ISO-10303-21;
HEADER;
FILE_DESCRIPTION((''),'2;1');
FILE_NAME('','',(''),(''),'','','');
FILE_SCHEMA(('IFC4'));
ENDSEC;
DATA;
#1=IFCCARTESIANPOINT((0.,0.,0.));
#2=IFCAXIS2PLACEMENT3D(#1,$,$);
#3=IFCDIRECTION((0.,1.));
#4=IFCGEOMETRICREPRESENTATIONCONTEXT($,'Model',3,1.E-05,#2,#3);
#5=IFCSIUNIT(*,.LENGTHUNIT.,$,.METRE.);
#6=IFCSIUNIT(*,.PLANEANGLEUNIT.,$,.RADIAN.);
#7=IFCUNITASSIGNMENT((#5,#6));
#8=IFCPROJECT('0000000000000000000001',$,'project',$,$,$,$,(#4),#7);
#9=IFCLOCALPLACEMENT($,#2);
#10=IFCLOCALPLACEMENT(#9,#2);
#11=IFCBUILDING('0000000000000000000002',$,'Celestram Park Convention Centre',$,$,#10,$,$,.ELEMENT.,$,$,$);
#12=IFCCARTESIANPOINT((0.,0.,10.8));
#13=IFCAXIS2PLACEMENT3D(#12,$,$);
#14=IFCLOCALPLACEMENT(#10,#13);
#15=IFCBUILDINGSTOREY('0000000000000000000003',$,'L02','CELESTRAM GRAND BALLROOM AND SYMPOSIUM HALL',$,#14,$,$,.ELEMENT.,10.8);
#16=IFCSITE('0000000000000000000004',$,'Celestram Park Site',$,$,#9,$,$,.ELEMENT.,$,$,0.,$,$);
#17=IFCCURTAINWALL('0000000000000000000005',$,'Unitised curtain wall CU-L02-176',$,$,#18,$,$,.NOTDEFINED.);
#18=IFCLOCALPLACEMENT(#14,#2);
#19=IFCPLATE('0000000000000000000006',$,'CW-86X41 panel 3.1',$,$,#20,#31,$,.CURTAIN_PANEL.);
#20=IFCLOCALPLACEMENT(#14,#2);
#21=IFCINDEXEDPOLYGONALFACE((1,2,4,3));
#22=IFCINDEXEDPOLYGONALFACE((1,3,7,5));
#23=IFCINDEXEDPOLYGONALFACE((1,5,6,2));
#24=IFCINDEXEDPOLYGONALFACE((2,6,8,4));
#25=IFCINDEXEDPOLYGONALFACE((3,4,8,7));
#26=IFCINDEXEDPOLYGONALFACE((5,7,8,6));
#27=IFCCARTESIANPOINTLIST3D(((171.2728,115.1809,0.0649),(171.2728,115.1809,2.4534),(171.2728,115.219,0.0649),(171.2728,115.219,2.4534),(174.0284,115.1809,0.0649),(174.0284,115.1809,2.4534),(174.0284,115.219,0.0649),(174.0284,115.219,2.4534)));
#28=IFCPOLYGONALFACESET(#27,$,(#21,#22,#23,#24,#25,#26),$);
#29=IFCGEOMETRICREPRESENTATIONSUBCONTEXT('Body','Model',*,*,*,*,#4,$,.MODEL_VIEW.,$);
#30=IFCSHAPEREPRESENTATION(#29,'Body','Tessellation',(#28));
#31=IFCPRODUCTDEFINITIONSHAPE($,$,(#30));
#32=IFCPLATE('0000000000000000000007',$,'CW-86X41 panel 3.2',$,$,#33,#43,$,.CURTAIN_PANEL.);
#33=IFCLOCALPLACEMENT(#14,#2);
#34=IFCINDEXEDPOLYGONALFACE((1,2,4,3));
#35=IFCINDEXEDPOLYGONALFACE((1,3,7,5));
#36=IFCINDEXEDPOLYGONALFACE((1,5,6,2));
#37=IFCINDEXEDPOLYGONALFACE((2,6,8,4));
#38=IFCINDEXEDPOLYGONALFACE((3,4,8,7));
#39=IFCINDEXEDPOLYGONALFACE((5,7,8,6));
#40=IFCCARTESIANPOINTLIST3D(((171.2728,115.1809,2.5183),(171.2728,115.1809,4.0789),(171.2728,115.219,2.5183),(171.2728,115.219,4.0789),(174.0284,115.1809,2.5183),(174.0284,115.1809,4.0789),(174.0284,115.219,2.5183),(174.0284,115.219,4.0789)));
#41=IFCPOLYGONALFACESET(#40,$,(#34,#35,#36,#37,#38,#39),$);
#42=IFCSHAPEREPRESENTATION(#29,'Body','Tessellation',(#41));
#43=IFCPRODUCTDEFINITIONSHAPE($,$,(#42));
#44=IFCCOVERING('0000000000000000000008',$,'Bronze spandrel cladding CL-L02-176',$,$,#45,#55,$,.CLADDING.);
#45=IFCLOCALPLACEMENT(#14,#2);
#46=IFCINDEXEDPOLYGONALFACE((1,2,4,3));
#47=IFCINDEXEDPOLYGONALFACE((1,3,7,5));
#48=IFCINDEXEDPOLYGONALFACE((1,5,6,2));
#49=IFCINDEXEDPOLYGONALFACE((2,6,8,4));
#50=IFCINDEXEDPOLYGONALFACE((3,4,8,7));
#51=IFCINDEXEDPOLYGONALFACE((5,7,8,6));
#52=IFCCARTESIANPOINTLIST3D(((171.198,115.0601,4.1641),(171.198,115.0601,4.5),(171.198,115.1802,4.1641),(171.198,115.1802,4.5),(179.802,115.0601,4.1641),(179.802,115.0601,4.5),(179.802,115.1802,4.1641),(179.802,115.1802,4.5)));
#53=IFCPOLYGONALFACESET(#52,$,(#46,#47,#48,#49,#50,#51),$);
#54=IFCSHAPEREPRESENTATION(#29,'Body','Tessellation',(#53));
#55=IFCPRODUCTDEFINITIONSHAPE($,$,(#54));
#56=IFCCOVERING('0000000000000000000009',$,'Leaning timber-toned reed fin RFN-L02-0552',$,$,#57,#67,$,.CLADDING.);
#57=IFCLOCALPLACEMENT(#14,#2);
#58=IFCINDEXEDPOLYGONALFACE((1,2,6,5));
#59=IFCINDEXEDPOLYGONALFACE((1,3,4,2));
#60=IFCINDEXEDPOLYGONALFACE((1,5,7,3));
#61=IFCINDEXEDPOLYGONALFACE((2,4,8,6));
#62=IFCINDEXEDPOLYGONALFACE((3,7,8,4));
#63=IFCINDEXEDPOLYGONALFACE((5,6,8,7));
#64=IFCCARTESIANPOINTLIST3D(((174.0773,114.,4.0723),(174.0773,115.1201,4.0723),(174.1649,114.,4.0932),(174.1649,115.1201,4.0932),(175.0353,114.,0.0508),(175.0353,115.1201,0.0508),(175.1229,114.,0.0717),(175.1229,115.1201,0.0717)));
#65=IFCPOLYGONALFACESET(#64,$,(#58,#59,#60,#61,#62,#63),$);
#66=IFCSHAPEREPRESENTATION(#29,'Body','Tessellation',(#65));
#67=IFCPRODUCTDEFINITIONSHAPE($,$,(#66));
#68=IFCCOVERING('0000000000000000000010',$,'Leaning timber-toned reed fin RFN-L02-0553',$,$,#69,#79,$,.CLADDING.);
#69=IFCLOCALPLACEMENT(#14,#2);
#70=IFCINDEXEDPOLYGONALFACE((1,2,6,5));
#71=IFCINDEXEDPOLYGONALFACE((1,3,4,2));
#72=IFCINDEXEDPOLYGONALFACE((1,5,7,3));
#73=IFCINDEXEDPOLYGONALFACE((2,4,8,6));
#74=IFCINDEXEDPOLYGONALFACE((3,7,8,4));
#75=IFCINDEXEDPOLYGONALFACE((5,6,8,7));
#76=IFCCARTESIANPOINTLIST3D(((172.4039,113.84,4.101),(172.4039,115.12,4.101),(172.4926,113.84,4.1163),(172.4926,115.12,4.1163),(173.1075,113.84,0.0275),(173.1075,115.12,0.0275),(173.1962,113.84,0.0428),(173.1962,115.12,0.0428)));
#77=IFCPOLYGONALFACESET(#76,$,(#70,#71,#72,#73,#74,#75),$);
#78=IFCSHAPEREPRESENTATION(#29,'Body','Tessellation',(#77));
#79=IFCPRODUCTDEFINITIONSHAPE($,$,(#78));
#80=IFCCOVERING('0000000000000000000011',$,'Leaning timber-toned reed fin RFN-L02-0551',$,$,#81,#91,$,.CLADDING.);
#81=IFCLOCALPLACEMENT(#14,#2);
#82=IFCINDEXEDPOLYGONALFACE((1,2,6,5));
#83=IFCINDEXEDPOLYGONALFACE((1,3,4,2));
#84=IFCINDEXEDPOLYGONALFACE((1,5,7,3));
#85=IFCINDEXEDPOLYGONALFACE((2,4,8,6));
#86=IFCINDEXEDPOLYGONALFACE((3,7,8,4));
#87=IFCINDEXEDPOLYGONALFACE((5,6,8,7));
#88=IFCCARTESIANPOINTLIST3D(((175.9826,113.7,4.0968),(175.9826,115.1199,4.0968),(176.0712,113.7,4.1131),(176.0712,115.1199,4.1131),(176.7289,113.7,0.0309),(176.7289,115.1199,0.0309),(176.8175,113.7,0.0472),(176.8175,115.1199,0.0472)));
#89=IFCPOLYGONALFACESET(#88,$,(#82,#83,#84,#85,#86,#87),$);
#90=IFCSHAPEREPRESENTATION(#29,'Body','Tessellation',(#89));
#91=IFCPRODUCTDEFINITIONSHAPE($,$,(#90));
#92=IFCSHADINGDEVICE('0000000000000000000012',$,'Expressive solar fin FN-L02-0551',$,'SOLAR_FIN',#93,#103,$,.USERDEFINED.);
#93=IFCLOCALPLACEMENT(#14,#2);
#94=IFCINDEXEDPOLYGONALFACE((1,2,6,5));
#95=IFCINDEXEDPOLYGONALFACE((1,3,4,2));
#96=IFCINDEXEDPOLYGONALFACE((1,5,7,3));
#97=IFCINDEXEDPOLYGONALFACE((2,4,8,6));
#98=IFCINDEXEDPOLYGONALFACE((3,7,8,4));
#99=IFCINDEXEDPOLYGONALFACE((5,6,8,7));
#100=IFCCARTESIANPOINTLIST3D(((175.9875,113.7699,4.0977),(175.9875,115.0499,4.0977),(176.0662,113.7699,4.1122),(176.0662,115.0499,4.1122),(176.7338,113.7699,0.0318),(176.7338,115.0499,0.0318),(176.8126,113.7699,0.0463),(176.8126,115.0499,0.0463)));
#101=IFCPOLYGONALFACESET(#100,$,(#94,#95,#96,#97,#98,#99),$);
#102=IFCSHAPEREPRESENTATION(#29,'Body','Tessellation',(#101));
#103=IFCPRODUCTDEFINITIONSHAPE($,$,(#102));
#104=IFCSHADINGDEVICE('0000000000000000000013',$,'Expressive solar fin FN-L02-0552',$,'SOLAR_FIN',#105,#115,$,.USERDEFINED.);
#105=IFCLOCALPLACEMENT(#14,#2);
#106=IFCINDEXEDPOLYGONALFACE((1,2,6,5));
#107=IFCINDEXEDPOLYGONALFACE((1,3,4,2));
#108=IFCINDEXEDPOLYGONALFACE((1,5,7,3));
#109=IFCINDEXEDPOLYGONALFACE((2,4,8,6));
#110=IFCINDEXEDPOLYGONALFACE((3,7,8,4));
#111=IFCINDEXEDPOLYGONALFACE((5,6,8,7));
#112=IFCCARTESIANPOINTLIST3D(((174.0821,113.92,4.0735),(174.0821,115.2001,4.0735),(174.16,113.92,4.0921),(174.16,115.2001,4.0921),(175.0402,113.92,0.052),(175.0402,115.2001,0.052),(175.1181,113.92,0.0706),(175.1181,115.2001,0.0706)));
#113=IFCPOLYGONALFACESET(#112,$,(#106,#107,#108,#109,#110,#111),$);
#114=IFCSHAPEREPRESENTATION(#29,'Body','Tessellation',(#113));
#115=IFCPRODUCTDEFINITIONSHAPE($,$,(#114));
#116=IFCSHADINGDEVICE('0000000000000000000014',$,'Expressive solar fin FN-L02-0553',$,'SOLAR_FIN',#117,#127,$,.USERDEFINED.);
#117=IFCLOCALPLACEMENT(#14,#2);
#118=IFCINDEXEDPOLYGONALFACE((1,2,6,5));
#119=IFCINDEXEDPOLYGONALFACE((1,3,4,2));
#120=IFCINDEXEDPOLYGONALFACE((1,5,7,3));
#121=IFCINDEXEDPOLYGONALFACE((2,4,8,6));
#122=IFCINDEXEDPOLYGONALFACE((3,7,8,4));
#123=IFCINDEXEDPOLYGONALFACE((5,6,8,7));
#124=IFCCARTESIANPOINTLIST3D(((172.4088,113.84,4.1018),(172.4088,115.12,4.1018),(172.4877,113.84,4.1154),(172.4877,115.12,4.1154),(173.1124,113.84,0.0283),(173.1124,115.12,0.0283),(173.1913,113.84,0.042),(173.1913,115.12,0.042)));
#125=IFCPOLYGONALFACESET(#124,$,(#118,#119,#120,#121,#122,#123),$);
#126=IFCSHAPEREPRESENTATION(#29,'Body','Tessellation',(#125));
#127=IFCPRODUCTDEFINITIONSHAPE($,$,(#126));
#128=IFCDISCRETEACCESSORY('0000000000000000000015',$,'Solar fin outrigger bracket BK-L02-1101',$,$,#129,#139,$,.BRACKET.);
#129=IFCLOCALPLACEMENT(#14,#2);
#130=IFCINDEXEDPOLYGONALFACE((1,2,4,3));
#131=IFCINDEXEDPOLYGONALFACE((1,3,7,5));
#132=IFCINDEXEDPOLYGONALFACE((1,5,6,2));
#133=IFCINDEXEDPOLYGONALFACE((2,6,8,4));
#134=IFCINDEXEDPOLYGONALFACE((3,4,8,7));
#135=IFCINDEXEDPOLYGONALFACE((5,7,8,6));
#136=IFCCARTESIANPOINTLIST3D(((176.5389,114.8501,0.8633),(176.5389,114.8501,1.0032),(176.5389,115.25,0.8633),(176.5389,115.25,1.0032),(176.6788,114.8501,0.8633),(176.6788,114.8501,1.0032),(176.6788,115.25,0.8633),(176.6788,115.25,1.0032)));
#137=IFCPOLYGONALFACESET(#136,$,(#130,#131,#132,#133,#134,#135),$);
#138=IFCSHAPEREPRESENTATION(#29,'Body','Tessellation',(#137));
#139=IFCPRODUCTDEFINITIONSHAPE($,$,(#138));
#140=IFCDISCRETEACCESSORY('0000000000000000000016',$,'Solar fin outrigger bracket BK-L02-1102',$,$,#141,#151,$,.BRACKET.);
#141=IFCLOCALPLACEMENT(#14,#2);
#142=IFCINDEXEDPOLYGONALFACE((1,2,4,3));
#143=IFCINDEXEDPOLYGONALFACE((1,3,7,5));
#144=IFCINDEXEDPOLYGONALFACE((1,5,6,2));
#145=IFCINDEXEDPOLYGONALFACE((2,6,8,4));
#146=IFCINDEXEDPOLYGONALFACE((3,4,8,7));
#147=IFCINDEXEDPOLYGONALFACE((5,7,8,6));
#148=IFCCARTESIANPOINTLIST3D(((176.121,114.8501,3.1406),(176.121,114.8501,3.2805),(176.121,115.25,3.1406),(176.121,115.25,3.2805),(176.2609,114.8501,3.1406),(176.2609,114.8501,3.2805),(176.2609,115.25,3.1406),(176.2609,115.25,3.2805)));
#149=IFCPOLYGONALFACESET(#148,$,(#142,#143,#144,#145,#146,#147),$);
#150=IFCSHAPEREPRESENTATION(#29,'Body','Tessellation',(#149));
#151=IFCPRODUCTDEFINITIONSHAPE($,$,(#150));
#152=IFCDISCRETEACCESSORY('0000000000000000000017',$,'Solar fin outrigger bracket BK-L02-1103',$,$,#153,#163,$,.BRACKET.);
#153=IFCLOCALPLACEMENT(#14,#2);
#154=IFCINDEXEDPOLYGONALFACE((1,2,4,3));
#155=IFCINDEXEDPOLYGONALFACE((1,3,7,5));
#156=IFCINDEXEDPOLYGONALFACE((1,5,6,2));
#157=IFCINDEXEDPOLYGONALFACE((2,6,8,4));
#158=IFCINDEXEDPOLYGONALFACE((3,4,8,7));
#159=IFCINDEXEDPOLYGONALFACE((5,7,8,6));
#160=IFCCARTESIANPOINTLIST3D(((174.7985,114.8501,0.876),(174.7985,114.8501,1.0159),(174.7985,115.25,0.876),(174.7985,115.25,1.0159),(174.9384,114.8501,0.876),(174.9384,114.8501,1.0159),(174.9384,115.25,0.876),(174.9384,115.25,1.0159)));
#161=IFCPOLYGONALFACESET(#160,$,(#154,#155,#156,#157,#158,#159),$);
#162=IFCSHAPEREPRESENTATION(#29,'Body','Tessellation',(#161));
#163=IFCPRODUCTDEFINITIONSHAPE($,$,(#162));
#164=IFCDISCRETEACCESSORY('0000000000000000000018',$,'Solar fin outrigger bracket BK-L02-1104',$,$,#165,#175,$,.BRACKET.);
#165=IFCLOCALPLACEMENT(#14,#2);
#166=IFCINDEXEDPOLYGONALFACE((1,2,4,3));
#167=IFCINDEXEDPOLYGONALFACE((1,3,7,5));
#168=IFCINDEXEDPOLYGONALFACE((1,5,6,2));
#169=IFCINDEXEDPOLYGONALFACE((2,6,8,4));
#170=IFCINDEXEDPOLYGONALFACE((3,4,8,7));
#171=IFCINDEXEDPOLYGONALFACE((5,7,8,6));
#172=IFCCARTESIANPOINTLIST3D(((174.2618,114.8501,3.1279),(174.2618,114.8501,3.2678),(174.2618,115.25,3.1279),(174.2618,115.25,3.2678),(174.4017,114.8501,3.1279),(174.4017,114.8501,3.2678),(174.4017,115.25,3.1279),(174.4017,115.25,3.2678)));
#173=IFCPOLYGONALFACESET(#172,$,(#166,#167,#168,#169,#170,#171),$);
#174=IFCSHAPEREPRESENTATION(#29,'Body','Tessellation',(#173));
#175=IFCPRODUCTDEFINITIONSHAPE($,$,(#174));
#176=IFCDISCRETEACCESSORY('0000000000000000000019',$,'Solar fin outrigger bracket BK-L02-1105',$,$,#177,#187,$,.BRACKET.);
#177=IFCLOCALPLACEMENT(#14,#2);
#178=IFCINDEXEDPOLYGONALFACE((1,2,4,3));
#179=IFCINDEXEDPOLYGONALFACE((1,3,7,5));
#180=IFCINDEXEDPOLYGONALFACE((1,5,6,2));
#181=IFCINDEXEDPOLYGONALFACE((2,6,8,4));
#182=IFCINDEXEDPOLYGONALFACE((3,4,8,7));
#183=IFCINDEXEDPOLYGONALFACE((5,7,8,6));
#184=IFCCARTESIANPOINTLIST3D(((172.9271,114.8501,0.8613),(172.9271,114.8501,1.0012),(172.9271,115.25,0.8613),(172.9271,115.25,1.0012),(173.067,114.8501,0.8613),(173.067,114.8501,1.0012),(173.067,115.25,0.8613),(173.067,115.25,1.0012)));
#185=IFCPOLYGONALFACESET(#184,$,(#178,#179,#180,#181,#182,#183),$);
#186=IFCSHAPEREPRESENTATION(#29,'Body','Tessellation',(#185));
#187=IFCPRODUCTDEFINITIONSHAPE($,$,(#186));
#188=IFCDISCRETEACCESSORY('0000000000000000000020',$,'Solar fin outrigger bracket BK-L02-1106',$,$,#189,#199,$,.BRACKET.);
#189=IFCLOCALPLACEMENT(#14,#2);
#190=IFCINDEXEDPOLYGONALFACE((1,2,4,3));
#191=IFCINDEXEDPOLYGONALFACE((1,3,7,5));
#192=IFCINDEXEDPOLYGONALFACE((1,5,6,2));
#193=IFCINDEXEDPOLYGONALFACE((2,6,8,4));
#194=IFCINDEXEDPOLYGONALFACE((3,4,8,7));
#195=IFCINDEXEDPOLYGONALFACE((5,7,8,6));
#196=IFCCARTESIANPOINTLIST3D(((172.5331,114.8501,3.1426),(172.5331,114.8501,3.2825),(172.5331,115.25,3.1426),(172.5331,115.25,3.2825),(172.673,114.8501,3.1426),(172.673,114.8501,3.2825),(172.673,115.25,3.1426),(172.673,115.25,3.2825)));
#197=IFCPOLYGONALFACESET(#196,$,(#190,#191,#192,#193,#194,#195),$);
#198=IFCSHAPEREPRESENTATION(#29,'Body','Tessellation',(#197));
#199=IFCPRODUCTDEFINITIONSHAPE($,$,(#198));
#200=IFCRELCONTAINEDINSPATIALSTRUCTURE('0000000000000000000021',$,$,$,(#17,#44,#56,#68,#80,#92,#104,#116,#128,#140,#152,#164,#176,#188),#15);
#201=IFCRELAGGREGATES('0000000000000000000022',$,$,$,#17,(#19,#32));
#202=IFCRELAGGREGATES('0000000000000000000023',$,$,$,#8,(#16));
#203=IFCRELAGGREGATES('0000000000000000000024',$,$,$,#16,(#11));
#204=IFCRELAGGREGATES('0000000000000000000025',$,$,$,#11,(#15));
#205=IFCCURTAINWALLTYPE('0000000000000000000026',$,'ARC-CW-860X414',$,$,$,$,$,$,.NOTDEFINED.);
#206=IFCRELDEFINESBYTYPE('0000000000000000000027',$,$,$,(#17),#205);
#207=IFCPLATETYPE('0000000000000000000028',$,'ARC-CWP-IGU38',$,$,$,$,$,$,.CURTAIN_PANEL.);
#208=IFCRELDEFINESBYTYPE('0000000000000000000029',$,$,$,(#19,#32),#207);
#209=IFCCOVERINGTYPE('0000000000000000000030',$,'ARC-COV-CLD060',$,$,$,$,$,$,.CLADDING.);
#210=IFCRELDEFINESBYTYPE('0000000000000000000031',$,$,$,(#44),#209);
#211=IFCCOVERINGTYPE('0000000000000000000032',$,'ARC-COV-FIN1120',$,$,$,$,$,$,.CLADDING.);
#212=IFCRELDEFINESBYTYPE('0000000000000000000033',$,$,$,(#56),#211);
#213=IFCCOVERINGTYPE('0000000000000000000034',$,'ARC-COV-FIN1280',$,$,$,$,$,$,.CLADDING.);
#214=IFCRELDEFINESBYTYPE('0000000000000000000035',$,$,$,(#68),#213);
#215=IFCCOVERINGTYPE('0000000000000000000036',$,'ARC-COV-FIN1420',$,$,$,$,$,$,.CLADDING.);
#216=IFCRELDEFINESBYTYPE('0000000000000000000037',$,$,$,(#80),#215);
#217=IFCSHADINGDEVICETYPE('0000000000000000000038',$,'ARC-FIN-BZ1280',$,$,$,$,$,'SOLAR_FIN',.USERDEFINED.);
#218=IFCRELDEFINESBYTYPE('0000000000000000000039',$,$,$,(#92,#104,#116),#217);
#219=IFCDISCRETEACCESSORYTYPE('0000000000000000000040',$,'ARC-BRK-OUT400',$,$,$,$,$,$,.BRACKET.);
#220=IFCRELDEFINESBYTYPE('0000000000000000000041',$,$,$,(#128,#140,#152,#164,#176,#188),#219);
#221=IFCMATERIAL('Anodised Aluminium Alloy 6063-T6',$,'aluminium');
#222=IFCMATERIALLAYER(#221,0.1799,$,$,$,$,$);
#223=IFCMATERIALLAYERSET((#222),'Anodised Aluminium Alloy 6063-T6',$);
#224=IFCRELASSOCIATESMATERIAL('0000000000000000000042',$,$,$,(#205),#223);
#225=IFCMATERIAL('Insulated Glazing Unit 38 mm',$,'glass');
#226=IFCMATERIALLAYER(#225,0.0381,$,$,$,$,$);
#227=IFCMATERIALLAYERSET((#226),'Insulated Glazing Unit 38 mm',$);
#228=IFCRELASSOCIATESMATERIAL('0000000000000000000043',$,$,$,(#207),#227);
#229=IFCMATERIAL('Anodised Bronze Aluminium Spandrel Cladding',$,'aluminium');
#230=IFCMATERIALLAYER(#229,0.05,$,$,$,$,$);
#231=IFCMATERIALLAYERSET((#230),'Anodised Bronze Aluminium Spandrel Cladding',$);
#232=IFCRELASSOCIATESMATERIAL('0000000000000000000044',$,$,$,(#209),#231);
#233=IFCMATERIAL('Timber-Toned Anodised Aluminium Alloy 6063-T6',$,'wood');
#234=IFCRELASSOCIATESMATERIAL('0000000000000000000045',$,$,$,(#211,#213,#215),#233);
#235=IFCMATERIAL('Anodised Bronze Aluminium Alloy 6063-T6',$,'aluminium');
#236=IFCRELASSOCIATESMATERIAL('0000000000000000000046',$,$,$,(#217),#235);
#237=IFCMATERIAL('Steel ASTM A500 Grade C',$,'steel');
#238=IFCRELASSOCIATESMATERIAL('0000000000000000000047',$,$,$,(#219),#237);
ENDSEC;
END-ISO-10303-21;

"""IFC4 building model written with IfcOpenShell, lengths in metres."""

from ifc_helpers import new_model, si_unit, direction, frame, origin, origin_2d, place, context, subcontext, project, spatial, rectangle, extrude, material, layer, layer_set, material_profile, profile_set, type_object, element, aggregate, save


model = new_model("IFC4")

# Units and contexts
model_context = context("Model", 3, precision=1e-05, world=origin(), true_north=direction((0.0, 1.0)))
body_context = subcontext(model_context, "Body", "Model", "MODEL_VIEW")
ifc_project = project(units=[si_unit("LENGTHUNIT", "METRE"), si_unit("PLANEANGLEUNIT", "RADIAN")], contexts=[model_context])

# Site, building, storey
site_placement = place(None, origin())
site = spatial("IfcSite", under=ifc_project, at=site_placement, Name="Celestram Park Site", CompositionType="ELEMENT", RefElevation=0.0)
building_placement = place(site_placement, origin())
building = spatial("IfcBuilding", under=site, at=building_placement, Name="Celestram Park Convention Centre", CompositionType="ELEMENT")
storey_placement = place(building_placement, frame((0.0, 0.0, 10.8)))
storey = spatial("IfcBuildingStorey", under=building, at=storey_placement, Name="L02", Description="CELESTRAM GRAND BALLROOM AND SYMPOSIUM HALL", CompositionType="ELEMENT", Elevation=10.8)

# Curtain wall
ifc_material_1 = material(Name="Anodised Aluminium Alloy 6063-T6", Category="aluminium")
ifc_layer_1 = layer(ifc_material_1, 0.1799)
ifc_layer_set_1 = layer_set([ifc_layer_1], Name="Anodised Aluminium Alloy 6063-T6")
curtain_wall_type = type_object("IfcCurtainWallType", Name="ARC-CW-860X414", PredefinedType="NOTDEFINED", material=ifc_layer_set_1)
curtain_wall_placement = place(storey_placement, origin())
curtain_wall = element("IfcCurtainWall", 1, at=curtain_wall_placement, inside=storey, type_object=curtain_wall_type, Name="Unitised curtain wall CU-L02-176", PredefinedType="NOTDEFINED")

# Plates
ifc_material_2 = material(Name="Insulated Glazing Unit 38 mm", Category="glass")
ifc_layer_2 = layer(ifc_material_2, 0.0381)
ifc_layer_set_2 = layer_set([ifc_layer_2], Name="Insulated Glazing Unit 38 mm")
plate_type = type_object("IfcPlateType", Name="ARC-CWP-IGU38", PredefinedType="CURTAIN_PANEL", material=ifc_layer_set_2)
plate_1_placement = place(storey_placement, frame((172.6506, 115.2, 0.0649), z_axis=(0.0, 0.0, 1.0), x_axis=(-1.0, 0.0, 0.0)))
plate_1 = element("IfcPlate", 2, at=plate_1_placement, type_object=plate_type, Name="CW-86X41 panel 3.1", PredefinedType="CURTAIN_PANEL", context=body_context, shape_type="SweptSolid", body=[
    extrude(rectangle(XDim=2.7556, YDim=0.0381, at=origin_2d()), origin(), (0.0, 0.0, 1.0), 2.3884),
])
plate_2_placement = place(storey_placement, frame((172.6506, 115.2, 2.5183), z_axis=(0.0, 0.0, 1.0), x_axis=(-1.0, 0.0, 0.0)))
plate_2 = element("IfcPlate", 3, at=plate_2_placement, type_object=plate_type, Name="CW-86X41 panel 3.2", PredefinedType="CURTAIN_PANEL", context=body_context, shape_type="SweptSolid", body=[
    extrude(rectangle(XDim=2.7556, YDim=0.0381, at=origin_2d()), origin(), (0.0, 0.0, 1.0), 1.5605),
])
aggregate(curtain_wall, [plate_1, plate_2])

# Coverings
ifc_material_3 = material(Name="Anodised Bronze Aluminium Spandrel Cladding", Category="aluminium")
ifc_layer_3 = layer(ifc_material_3, 0.05)
ifc_layer_set_3 = layer_set([ifc_layer_3], Name="Anodised Bronze Aluminium Spandrel Cladding")
covering_type_1 = type_object("IfcCoveringType", Name="ARC-COV-CLD060", PredefinedType="CLADDING", material=ifc_layer_set_3)
covering_1_placement = place(storey_placement, frame((175.5, 115.1201, 4.1641), z_axis=(0.0, 0.0, 1.0), x_axis=(-1.0, 0.0, 0.0)))
element("IfcCovering", 4, at=covering_1_placement, inside=storey, type_object=covering_type_1, Name="Bronze spandrel cladding CL-L02-176", PredefinedType="CLADDING", context=body_context, shape_type="SweptSolid", body=[
    extrude(rectangle(XDim=8.604, YDim=0.1201, at=origin_2d()), origin(), (0.0, 0.0, 1.0), 0.3359),
])
ifc_material_4 = material(Name="Timber-Toned Anodised Aluminium Alloy 6063-T6", Category="wood")
ifc_material_profile_1 = material_profile(ifc_material_4, rectangle(XDim=1.1201, YDim=0.0901, at=origin_2d()), Name="REED1120X90")
ifc_profile_set_1 = profile_set([ifc_material_profile_1], Name="Timber-Toned Anodised Aluminium Alloy 6063-T6")
covering_type_2 = type_object("IfcCoveringType", Name="ARC-COV-FIN1120", PredefinedType="CLADDING", material=ifc_profile_set_1)
covering_2_placement = place(storey_placement, frame((175.0791, 114.5601, 0.0613), z_axis=(-0.231738, 0.0, 0.972778), x_axis=(0.0, -1.0, 0.0)))
element("IfcCovering", 5, at=covering_2_placement, inside=storey, type_object=covering_type_2, Name="Leaning timber-toned reed fin RFN-L02-0552", PredefinedType="CLADDING", context=body_context, shape_type="SweptSolid", body=[
    extrude(rectangle(XDim=1.1201, YDim=0.0901, at=origin_2d()), origin(), (0.0, 0.0, 1.0), 4.134),
])
ifc_material_profile_2 = material_profile(ifc_material_4, rectangle(XDim=1.28, YDim=0.0901, at=origin_2d()), Name="REED1280X90")
ifc_profile_set_2 = profile_set([ifc_material_profile_2], Name="Timber-Toned Anodised Aluminium Alloy 6063-T6")
covering_type_3 = type_object("IfcCoveringType", Name="ARC-COV-FIN1280", PredefinedType="CLADDING", material=ifc_profile_set_2)
covering_3_placement = place(storey_placement, frame((173.1519, 114.48, 0.0352), z_axis=(-0.17021, 0.0, 0.985408), x_axis=(0.0, -1.0, 0.0)))
element("IfcCovering", 6, at=covering_3_placement, inside=storey, type_object=covering_type_3, Name="Leaning timber-toned reed fin RFN-L02-0553", PredefinedType="CLADDING", context=body_context, shape_type="SweptSolid", body=[
    extrude(rectangle(XDim=1.28, YDim=0.0901, at=origin_2d()), origin(), (0.0, 0.0, 1.0), 4.1338),
])
ifc_material_profile_3 = material_profile(ifc_material_4, rectangle(XDim=1.4199, YDim=0.0901, at=origin_2d()), Name="REED1420X90")
ifc_profile_set_3 = profile_set([ifc_material_profile_3], Name="Timber-Toned Anodised Aluminium Alloy 6063-T6")
covering_type_4 = type_object("IfcCoveringType", Name="ARC-COV-FIN1420", PredefinedType="CLADDING", material=ifc_profile_set_3)
covering_4_placement = place(storey_placement, frame((176.7732, 114.4099, 0.0391), z_axis=(-0.180543, 0.0, 0.983567), x_axis=(0.0, -1.0, 0.0)))
element("IfcCovering", 7, at=covering_4_placement, inside=storey, type_object=covering_type_4, Name="Leaning timber-toned reed fin RFN-L02-0551", PredefinedType="CLADDING", context=body_context, shape_type="SweptSolid", body=[
    extrude(rectangle(XDim=1.4199, YDim=0.0901, at=origin_2d()), origin(), (0.0, 0.0, 1.0), 4.1338),
])

# Shading devices
ifc_material_5 = material(Name="Anodised Bronze Aluminium Alloy 6063-T6", Category="aluminium")
ifc_material_profile_4 = material_profile(ifc_material_5, rectangle(XDim=1.28, YDim=0.0801, at=origin_2d()), Name="FIN1280X80")
ifc_profile_set_4 = profile_set([ifc_material_profile_4], Name="Anodised Bronze Aluminium Alloy 6063-T6")
shading_device_type = type_object("IfcShadingDeviceType", Name="ARC-FIN-BZ1280", ElementType="SOLAR_FIN", PredefinedType="USERDEFINED", material=ifc_profile_set_4)
shading_device_1_placement = place(storey_placement, frame((176.7732, 114.4099, 0.0391), z_axis=(-0.180543, 0.0, 0.983567), x_axis=(0.0, -1.0, 0.0)))
element("IfcShadingDevice", 8, at=shading_device_1_placement, inside=storey, type_object=shading_device_type, Name="Expressive solar fin FN-L02-0551", ObjectType="SOLAR_FIN", PredefinedType="USERDEFINED", context=body_context, shape_type="SweptSolid", body=[
    extrude(rectangle(XDim=1.28, YDim=0.0801, at=origin_2d()), origin(), (0.0, 0.0, 1.0), 4.1338),
])
shading_device_2_placement = place(storey_placement, frame((175.0791, 114.5601, 0.0613), z_axis=(-0.231738, 0.0, 0.972778), x_axis=(0.0, -1.0, 0.0)))
element("IfcShadingDevice", 9, at=shading_device_2_placement, inside=storey, type_object=shading_device_type, Name="Expressive solar fin FN-L02-0552", ObjectType="SOLAR_FIN", PredefinedType="USERDEFINED", context=body_context, shape_type="SweptSolid", body=[
    extrude(rectangle(XDim=1.28, YDim=0.0801, at=origin_2d()), origin(), (0.0, 0.0, 1.0), 4.134),
])
shading_device_3_placement = place(storey_placement, frame((173.1519, 114.48, 0.0352), z_axis=(-0.17021, 0.0, 0.985408), x_axis=(0.0, -1.0, 0.0)))
element("IfcShadingDevice", 10, at=shading_device_3_placement, inside=storey, type_object=shading_device_type, Name="Expressive solar fin FN-L02-0553", ObjectType="SOLAR_FIN", PredefinedType="USERDEFINED", context=body_context, shape_type="SweptSolid", body=[
    extrude(rectangle(XDim=1.28, YDim=0.0801, at=origin_2d()), origin(), (0.0, 0.0, 1.0), 4.1338),
])

# Discrete accessories
ifc_material_6 = material(Name="Steel ASTM A500 Grade C", Category="steel")
discrete_accessory_type = type_object("IfcDiscreteAccessoryType", Name="ARC-BRK-OUT400", PredefinedType="BRACKET", material=ifc_material_6)
for number, where, z_axis, x_axis, name in (
    (11, (176.6089, 115.05, 0.8633), (0.0, 0.0, 1.0), (0.0, -1.0, 0.0), "Solar fin outrigger bracket BK-L02-1101"),
    (12, (176.1909, 115.05, 3.1406), (0.0, 0.0, 1.0), (0.0, -1.0, 0.0), "Solar fin outrigger bracket BK-L02-1102"),
    (13, (174.8684, 115.05, 0.876), (0.0, 0.0, 1.0), (0.0, -1.0, 0.0), "Solar fin outrigger bracket BK-L02-1103"),
    (14, (174.3318, 115.05, 3.1279), (0.0, 0.0, 1.0), (0.0, -1.0, 0.0), "Solar fin outrigger bracket BK-L02-1104"),
    (15, (172.9971, 115.05, 0.8613), (0.0, 0.0, 1.0), (0.0, -1.0, 0.0), "Solar fin outrigger bracket BK-L02-1105"),
    (16, (172.603, 115.05, 3.1426), (0.0, 0.0, 1.0), (0.0, -1.0, 0.0), "Solar fin outrigger bracket BK-L02-1106"),
):
    element("IfcDiscreteAccessory", number, at=place(storey_placement, frame(where, z_axis=z_axis, x_axis=x_axis)), inside=storey, type_object=discrete_accessory_type, Name=name, PredefinedType="BRACKET", context=body_context, shape_type="SweptSolid", body=[
        extrude(rectangle(XDim=0.3999, YDim=0.1399, at=origin_2d()), origin(), (0.0, 0.0, 1.0), 0.1399),
    ])

save(model, "model.ifc")
